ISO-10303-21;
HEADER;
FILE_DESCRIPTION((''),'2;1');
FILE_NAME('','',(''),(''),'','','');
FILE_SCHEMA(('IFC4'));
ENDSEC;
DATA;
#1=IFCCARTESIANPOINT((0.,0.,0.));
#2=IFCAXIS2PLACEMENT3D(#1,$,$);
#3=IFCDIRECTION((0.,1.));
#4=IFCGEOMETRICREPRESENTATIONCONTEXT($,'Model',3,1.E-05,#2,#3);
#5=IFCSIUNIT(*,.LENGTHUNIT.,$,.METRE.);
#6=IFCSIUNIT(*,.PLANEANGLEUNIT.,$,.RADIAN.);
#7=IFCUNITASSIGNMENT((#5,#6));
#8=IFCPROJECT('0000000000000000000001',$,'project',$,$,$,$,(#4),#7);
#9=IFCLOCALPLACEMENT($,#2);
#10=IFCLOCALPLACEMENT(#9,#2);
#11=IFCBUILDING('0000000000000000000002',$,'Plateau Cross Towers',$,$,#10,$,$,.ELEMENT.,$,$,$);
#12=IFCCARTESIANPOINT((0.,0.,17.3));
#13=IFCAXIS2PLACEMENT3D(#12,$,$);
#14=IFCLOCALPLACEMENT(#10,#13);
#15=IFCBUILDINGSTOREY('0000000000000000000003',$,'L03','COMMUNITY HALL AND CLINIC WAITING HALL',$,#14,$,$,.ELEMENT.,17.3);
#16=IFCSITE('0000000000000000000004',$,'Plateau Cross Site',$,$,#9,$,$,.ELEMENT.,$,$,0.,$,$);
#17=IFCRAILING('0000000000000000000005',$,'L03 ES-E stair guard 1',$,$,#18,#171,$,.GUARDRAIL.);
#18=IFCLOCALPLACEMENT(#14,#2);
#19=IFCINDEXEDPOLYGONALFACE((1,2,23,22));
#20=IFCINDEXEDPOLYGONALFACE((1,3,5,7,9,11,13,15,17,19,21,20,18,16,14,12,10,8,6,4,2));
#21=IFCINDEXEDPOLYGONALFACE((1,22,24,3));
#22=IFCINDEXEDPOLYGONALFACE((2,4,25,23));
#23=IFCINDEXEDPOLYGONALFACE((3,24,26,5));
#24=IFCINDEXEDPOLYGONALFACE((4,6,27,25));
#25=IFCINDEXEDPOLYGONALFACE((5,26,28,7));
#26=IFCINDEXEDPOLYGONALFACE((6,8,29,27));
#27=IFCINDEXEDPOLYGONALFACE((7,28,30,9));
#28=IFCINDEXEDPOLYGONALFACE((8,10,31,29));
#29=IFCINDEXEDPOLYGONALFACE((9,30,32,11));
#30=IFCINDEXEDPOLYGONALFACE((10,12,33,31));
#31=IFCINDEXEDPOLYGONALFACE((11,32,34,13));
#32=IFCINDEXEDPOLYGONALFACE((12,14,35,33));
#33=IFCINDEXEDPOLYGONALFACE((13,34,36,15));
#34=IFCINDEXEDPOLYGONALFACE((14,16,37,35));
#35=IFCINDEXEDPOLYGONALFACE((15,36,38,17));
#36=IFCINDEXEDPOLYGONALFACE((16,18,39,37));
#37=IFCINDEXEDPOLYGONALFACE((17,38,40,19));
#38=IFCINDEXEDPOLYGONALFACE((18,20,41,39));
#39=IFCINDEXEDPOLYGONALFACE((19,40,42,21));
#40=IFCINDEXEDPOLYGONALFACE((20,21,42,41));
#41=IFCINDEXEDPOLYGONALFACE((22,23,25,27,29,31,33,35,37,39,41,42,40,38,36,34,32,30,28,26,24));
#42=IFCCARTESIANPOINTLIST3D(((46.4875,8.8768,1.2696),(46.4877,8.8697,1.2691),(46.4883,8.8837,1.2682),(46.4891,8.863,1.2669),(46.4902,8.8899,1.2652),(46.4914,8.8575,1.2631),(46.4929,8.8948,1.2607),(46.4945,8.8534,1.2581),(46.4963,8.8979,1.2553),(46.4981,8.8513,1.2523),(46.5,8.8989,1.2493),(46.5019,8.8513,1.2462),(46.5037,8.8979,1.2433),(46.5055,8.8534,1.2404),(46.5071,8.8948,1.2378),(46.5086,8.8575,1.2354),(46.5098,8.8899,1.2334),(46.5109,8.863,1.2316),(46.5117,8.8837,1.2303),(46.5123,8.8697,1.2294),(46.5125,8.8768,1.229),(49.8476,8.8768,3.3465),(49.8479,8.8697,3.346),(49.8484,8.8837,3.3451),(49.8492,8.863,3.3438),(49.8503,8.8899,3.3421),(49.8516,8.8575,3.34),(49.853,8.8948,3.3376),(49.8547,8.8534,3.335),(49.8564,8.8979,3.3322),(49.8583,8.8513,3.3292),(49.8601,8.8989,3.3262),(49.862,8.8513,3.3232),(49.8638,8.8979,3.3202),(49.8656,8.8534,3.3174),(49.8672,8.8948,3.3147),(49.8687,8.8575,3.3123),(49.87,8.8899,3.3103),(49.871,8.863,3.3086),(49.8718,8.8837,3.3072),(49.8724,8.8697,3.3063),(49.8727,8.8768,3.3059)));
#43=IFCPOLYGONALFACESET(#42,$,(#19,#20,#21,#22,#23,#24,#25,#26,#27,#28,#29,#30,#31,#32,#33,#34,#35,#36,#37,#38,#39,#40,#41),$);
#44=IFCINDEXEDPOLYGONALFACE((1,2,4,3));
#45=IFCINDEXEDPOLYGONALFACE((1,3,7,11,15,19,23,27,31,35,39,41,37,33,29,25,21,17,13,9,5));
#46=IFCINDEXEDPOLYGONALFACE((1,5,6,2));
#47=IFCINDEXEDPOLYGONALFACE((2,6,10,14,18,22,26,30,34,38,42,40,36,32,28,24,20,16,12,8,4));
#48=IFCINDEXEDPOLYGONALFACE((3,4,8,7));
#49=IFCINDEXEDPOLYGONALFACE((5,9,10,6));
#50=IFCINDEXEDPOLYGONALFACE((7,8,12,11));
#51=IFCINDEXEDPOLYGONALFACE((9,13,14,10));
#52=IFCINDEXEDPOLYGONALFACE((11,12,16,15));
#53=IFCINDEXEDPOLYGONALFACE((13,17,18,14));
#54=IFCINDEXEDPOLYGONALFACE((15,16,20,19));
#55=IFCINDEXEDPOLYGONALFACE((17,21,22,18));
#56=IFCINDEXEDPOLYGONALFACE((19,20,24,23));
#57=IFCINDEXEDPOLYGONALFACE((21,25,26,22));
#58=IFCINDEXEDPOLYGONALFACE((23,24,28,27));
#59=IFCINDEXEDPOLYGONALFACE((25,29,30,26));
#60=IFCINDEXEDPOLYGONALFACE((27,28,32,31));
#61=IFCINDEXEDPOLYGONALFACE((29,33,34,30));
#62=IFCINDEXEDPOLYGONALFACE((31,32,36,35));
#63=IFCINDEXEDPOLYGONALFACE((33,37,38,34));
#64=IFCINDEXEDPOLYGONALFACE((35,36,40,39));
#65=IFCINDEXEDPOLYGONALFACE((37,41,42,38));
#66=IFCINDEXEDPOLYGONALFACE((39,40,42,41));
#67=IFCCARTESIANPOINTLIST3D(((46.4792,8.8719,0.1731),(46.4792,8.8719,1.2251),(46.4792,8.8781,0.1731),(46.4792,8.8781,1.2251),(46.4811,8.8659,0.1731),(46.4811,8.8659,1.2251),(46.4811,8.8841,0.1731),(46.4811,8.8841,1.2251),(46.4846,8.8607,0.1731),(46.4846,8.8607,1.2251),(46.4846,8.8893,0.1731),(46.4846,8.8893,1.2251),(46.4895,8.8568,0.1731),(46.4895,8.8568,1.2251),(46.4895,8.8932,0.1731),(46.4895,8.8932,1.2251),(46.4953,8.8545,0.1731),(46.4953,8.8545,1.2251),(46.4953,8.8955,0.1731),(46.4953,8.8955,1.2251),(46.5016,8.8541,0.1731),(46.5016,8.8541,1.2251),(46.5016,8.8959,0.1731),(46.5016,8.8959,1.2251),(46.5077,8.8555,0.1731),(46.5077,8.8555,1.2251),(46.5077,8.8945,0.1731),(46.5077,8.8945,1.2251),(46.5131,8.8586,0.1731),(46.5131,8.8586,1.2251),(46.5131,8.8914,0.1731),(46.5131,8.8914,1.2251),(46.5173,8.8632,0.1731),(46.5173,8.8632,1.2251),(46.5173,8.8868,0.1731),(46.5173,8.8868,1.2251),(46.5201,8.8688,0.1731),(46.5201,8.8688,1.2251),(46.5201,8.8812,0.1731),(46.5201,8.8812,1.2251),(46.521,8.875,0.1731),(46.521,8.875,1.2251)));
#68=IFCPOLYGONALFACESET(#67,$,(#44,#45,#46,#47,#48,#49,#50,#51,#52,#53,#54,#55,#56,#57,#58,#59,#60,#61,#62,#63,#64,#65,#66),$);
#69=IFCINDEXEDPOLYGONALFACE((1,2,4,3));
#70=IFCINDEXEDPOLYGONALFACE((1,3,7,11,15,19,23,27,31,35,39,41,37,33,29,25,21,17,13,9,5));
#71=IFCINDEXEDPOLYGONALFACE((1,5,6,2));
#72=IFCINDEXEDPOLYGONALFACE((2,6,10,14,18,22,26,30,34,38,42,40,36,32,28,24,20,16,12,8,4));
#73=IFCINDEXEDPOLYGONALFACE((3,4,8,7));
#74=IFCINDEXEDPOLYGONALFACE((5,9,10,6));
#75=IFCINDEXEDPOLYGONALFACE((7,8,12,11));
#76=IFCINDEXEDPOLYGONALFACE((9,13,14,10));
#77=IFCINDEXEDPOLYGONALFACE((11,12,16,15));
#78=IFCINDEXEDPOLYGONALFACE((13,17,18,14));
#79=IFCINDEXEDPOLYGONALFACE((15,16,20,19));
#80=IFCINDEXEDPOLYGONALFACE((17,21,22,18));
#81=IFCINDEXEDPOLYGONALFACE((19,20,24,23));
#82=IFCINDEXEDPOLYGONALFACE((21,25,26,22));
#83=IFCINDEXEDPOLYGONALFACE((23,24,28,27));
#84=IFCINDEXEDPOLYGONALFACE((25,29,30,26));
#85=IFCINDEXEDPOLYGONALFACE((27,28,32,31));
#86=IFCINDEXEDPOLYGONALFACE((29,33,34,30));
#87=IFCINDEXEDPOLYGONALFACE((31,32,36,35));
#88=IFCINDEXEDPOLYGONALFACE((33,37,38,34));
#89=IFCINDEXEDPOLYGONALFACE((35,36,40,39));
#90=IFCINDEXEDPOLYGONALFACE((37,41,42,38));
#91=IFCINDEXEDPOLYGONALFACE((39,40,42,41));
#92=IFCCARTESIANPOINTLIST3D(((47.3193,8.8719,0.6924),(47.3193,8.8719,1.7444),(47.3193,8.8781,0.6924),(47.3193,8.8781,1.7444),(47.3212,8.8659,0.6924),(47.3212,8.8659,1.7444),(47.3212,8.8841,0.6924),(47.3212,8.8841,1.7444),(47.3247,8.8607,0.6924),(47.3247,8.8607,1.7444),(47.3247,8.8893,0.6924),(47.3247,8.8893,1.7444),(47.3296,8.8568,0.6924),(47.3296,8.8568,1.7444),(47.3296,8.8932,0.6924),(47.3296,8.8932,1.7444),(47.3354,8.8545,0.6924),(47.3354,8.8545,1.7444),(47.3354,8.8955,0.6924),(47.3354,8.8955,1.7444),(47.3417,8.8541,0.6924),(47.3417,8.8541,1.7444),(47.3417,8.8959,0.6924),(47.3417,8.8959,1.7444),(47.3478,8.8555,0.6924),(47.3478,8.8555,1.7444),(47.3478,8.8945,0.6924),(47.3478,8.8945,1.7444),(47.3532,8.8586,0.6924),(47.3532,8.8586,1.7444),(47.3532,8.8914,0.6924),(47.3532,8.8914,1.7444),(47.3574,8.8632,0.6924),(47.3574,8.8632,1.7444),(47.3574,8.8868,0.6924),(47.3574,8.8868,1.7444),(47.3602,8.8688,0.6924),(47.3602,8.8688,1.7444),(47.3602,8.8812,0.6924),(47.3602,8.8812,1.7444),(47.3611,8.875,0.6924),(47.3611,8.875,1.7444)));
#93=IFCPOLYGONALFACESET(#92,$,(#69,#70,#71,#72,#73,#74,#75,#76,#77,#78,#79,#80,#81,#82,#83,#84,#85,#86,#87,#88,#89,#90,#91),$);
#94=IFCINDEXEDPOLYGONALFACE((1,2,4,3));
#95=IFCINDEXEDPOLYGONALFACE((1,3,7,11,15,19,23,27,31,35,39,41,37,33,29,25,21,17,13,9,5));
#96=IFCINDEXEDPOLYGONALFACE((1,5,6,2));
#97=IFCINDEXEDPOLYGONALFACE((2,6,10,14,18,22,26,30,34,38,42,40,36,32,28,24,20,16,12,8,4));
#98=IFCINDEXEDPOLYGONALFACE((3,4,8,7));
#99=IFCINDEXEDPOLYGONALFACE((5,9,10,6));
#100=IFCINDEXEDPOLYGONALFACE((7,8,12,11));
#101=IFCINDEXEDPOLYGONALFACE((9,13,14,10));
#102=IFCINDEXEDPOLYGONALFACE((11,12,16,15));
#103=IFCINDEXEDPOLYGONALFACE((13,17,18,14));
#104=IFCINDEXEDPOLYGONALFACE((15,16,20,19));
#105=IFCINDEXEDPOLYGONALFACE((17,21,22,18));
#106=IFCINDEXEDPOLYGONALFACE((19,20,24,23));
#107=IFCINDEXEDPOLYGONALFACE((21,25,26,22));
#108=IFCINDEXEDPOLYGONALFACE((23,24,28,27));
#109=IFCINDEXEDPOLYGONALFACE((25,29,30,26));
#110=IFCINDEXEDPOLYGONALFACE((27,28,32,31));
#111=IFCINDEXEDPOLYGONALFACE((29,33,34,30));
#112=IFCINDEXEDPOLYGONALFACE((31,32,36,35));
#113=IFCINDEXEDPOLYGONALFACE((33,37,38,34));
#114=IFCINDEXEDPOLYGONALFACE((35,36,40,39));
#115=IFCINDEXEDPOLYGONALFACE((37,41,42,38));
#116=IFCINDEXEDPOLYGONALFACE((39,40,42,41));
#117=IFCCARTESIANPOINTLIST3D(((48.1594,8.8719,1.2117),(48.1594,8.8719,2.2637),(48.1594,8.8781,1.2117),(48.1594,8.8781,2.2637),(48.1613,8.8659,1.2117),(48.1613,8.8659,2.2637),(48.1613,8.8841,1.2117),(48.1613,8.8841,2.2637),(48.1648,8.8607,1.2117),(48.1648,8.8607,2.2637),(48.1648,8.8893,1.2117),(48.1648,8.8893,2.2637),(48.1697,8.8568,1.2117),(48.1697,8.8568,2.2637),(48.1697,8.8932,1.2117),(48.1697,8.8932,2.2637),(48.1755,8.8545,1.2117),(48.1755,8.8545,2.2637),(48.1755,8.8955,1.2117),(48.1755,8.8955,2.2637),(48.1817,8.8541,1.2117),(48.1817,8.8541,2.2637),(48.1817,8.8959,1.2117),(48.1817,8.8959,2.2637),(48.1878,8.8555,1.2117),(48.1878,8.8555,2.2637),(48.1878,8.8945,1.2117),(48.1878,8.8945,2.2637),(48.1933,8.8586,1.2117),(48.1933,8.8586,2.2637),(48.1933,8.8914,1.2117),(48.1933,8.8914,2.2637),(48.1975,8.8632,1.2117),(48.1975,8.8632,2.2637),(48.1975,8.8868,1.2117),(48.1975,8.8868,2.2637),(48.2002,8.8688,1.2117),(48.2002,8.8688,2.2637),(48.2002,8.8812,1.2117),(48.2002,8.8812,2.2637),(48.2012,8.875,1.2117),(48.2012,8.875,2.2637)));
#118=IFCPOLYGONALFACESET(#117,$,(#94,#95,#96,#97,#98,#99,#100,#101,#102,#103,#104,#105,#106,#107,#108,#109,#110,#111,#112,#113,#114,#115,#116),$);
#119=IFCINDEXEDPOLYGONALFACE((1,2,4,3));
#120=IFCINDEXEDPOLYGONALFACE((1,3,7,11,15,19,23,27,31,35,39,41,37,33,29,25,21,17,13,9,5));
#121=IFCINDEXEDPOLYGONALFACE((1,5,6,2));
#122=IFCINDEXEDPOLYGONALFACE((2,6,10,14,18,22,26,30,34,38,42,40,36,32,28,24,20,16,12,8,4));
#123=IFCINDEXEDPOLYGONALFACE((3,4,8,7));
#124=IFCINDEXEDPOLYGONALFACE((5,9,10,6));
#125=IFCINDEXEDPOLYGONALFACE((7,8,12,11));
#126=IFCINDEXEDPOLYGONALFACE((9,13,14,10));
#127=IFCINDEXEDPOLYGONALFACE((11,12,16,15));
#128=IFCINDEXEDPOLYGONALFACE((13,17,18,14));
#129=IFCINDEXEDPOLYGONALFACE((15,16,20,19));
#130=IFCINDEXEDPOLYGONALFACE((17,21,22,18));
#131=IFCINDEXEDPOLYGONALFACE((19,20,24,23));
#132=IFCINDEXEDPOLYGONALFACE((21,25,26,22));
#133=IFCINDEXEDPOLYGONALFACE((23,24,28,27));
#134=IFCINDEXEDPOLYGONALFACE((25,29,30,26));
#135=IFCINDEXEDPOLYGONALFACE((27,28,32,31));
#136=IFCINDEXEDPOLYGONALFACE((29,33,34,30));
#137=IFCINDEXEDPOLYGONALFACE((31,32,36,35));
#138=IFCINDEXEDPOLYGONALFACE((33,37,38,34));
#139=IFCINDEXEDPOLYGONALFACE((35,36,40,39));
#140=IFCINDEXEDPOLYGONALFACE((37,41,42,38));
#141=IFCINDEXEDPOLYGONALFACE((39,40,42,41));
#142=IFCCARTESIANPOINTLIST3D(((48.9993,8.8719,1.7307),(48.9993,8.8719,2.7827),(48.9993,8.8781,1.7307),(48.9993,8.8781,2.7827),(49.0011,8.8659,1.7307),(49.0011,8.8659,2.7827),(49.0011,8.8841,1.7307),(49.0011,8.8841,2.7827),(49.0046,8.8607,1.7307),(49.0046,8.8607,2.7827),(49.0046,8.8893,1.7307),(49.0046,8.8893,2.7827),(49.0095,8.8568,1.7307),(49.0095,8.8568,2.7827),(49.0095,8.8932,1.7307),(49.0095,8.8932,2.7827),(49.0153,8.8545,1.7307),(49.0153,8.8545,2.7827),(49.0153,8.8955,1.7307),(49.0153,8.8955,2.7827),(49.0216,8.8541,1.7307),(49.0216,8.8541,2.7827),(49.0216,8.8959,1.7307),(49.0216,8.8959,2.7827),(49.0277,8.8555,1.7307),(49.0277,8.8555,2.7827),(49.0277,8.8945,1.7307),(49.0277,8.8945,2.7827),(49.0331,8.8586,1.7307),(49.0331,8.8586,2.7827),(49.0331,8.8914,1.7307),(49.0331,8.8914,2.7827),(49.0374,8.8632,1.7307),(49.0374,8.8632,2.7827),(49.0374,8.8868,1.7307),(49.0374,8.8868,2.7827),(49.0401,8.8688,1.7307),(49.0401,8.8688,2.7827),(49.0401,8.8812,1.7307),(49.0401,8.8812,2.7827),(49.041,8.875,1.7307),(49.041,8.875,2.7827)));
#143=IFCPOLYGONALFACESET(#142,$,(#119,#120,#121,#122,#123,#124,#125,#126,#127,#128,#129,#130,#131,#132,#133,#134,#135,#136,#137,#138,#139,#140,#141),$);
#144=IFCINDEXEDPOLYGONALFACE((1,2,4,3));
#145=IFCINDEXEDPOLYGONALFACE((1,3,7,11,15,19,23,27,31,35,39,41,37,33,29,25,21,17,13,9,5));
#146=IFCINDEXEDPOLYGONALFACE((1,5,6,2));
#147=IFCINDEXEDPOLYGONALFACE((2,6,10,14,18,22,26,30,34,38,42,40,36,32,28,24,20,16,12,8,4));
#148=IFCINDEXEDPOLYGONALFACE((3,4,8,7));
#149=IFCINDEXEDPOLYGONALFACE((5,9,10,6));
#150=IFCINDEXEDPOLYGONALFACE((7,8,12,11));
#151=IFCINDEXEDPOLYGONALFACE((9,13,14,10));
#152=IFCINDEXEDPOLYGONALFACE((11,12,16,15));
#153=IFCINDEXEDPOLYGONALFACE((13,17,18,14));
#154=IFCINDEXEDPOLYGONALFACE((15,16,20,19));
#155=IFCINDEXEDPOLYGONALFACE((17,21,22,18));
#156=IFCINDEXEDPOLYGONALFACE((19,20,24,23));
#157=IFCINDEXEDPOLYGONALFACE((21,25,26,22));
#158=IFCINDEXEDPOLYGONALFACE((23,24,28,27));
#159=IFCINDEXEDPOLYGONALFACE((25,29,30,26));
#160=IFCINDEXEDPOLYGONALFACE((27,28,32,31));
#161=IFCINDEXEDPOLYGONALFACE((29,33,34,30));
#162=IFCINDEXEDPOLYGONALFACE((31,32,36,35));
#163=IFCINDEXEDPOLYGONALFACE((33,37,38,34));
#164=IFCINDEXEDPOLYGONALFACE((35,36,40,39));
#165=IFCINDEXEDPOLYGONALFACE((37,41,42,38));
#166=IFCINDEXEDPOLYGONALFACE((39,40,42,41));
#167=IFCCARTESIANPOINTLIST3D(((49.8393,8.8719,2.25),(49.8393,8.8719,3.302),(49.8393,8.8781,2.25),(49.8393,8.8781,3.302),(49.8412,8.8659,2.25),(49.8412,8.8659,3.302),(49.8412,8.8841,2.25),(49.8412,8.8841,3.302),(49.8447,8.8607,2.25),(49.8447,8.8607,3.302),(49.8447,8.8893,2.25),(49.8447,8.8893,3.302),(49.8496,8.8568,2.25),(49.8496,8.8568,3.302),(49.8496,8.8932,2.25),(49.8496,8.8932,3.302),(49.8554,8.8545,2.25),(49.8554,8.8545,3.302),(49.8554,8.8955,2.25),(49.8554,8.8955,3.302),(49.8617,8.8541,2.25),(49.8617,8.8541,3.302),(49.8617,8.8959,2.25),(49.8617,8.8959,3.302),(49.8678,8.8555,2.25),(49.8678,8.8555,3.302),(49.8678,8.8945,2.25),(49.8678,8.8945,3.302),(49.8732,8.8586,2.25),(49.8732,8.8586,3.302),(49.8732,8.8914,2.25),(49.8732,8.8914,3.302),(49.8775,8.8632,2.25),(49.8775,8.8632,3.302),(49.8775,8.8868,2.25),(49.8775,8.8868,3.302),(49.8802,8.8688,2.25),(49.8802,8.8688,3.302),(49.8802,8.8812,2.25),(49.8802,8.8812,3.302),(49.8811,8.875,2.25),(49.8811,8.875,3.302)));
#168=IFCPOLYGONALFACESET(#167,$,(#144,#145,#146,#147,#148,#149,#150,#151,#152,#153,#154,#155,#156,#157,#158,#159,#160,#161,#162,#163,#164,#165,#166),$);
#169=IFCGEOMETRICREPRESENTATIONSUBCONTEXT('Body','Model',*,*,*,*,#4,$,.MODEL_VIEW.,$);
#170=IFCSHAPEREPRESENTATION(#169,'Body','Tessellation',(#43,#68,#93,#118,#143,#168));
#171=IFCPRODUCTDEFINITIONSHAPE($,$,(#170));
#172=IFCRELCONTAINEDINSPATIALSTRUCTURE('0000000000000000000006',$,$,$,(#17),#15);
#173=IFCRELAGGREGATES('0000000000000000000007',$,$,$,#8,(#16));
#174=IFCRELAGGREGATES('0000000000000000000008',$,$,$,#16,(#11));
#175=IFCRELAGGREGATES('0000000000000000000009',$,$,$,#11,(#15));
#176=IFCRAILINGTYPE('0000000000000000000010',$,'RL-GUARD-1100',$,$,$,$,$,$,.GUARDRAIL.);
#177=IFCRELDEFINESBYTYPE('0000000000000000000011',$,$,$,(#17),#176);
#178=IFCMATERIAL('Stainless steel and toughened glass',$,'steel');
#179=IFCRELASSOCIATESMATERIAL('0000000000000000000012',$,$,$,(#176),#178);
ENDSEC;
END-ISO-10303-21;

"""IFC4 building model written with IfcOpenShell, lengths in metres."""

from ifc_helpers import new_model, si_unit, direction, frame, origin, origin_2d, place, context, subcontext, project, spatial, circle, extrude, material, type_object, element, save


model = new_model("IFC4")

# Units and contexts
model_context = context("Model", 3, precision=1e-05, world=origin(), true_north=direction((0.0, 1.0)))
body_context = subcontext(model_context, "Body", "Model", "MODEL_VIEW")
ifc_project = project(units=[si_unit("LENGTHUNIT", "METRE"), si_unit("PLANEANGLEUNIT", "RADIAN")], contexts=[model_context])

# Site, building, storey
site_placement = place(None, origin())
site = spatial("IfcSite", under=ifc_project, at=site_placement, Name="Plateau Cross Site", CompositionType="ELEMENT", RefElevation=0.0)
building_placement = place(site_placement, origin())
building = spatial("IfcBuilding", under=site, at=building_placement, Name="Plateau Cross Towers", CompositionType="ELEMENT")
storey_placement = place(building_placement, frame((0.0, 0.0, 17.3)))
storey = spatial("IfcBuildingStorey", under=building, at=storey_placement, Name="L03", Description="COMMUNITY HALL AND CLINIC WAITING HALL", CompositionType="ELEMENT", Elevation=17.3)

# Railing
ifc_material_1 = material(Name="Stainless steel and toughened glass", Category="steel")
railing_type_1 = type_object("IfcRailingType", Name="RL-GUARD-1100", PredefinedType="GUARDRAIL", material=ifc_material_1)
railing_1_placement = place(storey_placement, frame((46.5, 8.875, 0.1731)))
element("IfcRailing", 1, at=railing_1_placement, inside=storey, type_object=railing_type_1, Name="L03 ES-E stair guard 1", PredefinedType="GUARDRAIL", context=body_context, shape_type="SweptSolid", body=[
    extrude(circle(Radius=0.0239, at=origin_2d()), frame((0.0, 0.0, 1.0762), z_axis=(0.850623, 0.0, 0.525776), x_axis=(0.0, 1.0, 0.0)), (0.0, 0.0, 1.0), 3.9502),
    extrude(circle(Radius=0.021, at=origin_2d()), origin(), (0.0, 0.0, 1.0), 1.052),
    extrude(circle(Radius=0.021, at=origin_2d()), frame((0.8401, 0.0, 0.5193)), (0.0, 0.0, 1.0), 1.052),
    extrude(circle(Radius=0.021, at=origin_2d()), frame((1.6802, 0.0, 1.0386)), (0.0, 0.0, 1.0), 1.052),
    extrude(circle(Radius=0.021, at=origin_2d()), frame((2.52, 0.0, 1.5576)), (0.0, 0.0, 1.0), 1.052),
    extrude(circle(Radius=0.021, at=origin_2d()), frame((3.3601, 0.0, 2.0769)), (0.0, 0.0, 1.0), 1.052),
])

save(model, "model.ifc")
